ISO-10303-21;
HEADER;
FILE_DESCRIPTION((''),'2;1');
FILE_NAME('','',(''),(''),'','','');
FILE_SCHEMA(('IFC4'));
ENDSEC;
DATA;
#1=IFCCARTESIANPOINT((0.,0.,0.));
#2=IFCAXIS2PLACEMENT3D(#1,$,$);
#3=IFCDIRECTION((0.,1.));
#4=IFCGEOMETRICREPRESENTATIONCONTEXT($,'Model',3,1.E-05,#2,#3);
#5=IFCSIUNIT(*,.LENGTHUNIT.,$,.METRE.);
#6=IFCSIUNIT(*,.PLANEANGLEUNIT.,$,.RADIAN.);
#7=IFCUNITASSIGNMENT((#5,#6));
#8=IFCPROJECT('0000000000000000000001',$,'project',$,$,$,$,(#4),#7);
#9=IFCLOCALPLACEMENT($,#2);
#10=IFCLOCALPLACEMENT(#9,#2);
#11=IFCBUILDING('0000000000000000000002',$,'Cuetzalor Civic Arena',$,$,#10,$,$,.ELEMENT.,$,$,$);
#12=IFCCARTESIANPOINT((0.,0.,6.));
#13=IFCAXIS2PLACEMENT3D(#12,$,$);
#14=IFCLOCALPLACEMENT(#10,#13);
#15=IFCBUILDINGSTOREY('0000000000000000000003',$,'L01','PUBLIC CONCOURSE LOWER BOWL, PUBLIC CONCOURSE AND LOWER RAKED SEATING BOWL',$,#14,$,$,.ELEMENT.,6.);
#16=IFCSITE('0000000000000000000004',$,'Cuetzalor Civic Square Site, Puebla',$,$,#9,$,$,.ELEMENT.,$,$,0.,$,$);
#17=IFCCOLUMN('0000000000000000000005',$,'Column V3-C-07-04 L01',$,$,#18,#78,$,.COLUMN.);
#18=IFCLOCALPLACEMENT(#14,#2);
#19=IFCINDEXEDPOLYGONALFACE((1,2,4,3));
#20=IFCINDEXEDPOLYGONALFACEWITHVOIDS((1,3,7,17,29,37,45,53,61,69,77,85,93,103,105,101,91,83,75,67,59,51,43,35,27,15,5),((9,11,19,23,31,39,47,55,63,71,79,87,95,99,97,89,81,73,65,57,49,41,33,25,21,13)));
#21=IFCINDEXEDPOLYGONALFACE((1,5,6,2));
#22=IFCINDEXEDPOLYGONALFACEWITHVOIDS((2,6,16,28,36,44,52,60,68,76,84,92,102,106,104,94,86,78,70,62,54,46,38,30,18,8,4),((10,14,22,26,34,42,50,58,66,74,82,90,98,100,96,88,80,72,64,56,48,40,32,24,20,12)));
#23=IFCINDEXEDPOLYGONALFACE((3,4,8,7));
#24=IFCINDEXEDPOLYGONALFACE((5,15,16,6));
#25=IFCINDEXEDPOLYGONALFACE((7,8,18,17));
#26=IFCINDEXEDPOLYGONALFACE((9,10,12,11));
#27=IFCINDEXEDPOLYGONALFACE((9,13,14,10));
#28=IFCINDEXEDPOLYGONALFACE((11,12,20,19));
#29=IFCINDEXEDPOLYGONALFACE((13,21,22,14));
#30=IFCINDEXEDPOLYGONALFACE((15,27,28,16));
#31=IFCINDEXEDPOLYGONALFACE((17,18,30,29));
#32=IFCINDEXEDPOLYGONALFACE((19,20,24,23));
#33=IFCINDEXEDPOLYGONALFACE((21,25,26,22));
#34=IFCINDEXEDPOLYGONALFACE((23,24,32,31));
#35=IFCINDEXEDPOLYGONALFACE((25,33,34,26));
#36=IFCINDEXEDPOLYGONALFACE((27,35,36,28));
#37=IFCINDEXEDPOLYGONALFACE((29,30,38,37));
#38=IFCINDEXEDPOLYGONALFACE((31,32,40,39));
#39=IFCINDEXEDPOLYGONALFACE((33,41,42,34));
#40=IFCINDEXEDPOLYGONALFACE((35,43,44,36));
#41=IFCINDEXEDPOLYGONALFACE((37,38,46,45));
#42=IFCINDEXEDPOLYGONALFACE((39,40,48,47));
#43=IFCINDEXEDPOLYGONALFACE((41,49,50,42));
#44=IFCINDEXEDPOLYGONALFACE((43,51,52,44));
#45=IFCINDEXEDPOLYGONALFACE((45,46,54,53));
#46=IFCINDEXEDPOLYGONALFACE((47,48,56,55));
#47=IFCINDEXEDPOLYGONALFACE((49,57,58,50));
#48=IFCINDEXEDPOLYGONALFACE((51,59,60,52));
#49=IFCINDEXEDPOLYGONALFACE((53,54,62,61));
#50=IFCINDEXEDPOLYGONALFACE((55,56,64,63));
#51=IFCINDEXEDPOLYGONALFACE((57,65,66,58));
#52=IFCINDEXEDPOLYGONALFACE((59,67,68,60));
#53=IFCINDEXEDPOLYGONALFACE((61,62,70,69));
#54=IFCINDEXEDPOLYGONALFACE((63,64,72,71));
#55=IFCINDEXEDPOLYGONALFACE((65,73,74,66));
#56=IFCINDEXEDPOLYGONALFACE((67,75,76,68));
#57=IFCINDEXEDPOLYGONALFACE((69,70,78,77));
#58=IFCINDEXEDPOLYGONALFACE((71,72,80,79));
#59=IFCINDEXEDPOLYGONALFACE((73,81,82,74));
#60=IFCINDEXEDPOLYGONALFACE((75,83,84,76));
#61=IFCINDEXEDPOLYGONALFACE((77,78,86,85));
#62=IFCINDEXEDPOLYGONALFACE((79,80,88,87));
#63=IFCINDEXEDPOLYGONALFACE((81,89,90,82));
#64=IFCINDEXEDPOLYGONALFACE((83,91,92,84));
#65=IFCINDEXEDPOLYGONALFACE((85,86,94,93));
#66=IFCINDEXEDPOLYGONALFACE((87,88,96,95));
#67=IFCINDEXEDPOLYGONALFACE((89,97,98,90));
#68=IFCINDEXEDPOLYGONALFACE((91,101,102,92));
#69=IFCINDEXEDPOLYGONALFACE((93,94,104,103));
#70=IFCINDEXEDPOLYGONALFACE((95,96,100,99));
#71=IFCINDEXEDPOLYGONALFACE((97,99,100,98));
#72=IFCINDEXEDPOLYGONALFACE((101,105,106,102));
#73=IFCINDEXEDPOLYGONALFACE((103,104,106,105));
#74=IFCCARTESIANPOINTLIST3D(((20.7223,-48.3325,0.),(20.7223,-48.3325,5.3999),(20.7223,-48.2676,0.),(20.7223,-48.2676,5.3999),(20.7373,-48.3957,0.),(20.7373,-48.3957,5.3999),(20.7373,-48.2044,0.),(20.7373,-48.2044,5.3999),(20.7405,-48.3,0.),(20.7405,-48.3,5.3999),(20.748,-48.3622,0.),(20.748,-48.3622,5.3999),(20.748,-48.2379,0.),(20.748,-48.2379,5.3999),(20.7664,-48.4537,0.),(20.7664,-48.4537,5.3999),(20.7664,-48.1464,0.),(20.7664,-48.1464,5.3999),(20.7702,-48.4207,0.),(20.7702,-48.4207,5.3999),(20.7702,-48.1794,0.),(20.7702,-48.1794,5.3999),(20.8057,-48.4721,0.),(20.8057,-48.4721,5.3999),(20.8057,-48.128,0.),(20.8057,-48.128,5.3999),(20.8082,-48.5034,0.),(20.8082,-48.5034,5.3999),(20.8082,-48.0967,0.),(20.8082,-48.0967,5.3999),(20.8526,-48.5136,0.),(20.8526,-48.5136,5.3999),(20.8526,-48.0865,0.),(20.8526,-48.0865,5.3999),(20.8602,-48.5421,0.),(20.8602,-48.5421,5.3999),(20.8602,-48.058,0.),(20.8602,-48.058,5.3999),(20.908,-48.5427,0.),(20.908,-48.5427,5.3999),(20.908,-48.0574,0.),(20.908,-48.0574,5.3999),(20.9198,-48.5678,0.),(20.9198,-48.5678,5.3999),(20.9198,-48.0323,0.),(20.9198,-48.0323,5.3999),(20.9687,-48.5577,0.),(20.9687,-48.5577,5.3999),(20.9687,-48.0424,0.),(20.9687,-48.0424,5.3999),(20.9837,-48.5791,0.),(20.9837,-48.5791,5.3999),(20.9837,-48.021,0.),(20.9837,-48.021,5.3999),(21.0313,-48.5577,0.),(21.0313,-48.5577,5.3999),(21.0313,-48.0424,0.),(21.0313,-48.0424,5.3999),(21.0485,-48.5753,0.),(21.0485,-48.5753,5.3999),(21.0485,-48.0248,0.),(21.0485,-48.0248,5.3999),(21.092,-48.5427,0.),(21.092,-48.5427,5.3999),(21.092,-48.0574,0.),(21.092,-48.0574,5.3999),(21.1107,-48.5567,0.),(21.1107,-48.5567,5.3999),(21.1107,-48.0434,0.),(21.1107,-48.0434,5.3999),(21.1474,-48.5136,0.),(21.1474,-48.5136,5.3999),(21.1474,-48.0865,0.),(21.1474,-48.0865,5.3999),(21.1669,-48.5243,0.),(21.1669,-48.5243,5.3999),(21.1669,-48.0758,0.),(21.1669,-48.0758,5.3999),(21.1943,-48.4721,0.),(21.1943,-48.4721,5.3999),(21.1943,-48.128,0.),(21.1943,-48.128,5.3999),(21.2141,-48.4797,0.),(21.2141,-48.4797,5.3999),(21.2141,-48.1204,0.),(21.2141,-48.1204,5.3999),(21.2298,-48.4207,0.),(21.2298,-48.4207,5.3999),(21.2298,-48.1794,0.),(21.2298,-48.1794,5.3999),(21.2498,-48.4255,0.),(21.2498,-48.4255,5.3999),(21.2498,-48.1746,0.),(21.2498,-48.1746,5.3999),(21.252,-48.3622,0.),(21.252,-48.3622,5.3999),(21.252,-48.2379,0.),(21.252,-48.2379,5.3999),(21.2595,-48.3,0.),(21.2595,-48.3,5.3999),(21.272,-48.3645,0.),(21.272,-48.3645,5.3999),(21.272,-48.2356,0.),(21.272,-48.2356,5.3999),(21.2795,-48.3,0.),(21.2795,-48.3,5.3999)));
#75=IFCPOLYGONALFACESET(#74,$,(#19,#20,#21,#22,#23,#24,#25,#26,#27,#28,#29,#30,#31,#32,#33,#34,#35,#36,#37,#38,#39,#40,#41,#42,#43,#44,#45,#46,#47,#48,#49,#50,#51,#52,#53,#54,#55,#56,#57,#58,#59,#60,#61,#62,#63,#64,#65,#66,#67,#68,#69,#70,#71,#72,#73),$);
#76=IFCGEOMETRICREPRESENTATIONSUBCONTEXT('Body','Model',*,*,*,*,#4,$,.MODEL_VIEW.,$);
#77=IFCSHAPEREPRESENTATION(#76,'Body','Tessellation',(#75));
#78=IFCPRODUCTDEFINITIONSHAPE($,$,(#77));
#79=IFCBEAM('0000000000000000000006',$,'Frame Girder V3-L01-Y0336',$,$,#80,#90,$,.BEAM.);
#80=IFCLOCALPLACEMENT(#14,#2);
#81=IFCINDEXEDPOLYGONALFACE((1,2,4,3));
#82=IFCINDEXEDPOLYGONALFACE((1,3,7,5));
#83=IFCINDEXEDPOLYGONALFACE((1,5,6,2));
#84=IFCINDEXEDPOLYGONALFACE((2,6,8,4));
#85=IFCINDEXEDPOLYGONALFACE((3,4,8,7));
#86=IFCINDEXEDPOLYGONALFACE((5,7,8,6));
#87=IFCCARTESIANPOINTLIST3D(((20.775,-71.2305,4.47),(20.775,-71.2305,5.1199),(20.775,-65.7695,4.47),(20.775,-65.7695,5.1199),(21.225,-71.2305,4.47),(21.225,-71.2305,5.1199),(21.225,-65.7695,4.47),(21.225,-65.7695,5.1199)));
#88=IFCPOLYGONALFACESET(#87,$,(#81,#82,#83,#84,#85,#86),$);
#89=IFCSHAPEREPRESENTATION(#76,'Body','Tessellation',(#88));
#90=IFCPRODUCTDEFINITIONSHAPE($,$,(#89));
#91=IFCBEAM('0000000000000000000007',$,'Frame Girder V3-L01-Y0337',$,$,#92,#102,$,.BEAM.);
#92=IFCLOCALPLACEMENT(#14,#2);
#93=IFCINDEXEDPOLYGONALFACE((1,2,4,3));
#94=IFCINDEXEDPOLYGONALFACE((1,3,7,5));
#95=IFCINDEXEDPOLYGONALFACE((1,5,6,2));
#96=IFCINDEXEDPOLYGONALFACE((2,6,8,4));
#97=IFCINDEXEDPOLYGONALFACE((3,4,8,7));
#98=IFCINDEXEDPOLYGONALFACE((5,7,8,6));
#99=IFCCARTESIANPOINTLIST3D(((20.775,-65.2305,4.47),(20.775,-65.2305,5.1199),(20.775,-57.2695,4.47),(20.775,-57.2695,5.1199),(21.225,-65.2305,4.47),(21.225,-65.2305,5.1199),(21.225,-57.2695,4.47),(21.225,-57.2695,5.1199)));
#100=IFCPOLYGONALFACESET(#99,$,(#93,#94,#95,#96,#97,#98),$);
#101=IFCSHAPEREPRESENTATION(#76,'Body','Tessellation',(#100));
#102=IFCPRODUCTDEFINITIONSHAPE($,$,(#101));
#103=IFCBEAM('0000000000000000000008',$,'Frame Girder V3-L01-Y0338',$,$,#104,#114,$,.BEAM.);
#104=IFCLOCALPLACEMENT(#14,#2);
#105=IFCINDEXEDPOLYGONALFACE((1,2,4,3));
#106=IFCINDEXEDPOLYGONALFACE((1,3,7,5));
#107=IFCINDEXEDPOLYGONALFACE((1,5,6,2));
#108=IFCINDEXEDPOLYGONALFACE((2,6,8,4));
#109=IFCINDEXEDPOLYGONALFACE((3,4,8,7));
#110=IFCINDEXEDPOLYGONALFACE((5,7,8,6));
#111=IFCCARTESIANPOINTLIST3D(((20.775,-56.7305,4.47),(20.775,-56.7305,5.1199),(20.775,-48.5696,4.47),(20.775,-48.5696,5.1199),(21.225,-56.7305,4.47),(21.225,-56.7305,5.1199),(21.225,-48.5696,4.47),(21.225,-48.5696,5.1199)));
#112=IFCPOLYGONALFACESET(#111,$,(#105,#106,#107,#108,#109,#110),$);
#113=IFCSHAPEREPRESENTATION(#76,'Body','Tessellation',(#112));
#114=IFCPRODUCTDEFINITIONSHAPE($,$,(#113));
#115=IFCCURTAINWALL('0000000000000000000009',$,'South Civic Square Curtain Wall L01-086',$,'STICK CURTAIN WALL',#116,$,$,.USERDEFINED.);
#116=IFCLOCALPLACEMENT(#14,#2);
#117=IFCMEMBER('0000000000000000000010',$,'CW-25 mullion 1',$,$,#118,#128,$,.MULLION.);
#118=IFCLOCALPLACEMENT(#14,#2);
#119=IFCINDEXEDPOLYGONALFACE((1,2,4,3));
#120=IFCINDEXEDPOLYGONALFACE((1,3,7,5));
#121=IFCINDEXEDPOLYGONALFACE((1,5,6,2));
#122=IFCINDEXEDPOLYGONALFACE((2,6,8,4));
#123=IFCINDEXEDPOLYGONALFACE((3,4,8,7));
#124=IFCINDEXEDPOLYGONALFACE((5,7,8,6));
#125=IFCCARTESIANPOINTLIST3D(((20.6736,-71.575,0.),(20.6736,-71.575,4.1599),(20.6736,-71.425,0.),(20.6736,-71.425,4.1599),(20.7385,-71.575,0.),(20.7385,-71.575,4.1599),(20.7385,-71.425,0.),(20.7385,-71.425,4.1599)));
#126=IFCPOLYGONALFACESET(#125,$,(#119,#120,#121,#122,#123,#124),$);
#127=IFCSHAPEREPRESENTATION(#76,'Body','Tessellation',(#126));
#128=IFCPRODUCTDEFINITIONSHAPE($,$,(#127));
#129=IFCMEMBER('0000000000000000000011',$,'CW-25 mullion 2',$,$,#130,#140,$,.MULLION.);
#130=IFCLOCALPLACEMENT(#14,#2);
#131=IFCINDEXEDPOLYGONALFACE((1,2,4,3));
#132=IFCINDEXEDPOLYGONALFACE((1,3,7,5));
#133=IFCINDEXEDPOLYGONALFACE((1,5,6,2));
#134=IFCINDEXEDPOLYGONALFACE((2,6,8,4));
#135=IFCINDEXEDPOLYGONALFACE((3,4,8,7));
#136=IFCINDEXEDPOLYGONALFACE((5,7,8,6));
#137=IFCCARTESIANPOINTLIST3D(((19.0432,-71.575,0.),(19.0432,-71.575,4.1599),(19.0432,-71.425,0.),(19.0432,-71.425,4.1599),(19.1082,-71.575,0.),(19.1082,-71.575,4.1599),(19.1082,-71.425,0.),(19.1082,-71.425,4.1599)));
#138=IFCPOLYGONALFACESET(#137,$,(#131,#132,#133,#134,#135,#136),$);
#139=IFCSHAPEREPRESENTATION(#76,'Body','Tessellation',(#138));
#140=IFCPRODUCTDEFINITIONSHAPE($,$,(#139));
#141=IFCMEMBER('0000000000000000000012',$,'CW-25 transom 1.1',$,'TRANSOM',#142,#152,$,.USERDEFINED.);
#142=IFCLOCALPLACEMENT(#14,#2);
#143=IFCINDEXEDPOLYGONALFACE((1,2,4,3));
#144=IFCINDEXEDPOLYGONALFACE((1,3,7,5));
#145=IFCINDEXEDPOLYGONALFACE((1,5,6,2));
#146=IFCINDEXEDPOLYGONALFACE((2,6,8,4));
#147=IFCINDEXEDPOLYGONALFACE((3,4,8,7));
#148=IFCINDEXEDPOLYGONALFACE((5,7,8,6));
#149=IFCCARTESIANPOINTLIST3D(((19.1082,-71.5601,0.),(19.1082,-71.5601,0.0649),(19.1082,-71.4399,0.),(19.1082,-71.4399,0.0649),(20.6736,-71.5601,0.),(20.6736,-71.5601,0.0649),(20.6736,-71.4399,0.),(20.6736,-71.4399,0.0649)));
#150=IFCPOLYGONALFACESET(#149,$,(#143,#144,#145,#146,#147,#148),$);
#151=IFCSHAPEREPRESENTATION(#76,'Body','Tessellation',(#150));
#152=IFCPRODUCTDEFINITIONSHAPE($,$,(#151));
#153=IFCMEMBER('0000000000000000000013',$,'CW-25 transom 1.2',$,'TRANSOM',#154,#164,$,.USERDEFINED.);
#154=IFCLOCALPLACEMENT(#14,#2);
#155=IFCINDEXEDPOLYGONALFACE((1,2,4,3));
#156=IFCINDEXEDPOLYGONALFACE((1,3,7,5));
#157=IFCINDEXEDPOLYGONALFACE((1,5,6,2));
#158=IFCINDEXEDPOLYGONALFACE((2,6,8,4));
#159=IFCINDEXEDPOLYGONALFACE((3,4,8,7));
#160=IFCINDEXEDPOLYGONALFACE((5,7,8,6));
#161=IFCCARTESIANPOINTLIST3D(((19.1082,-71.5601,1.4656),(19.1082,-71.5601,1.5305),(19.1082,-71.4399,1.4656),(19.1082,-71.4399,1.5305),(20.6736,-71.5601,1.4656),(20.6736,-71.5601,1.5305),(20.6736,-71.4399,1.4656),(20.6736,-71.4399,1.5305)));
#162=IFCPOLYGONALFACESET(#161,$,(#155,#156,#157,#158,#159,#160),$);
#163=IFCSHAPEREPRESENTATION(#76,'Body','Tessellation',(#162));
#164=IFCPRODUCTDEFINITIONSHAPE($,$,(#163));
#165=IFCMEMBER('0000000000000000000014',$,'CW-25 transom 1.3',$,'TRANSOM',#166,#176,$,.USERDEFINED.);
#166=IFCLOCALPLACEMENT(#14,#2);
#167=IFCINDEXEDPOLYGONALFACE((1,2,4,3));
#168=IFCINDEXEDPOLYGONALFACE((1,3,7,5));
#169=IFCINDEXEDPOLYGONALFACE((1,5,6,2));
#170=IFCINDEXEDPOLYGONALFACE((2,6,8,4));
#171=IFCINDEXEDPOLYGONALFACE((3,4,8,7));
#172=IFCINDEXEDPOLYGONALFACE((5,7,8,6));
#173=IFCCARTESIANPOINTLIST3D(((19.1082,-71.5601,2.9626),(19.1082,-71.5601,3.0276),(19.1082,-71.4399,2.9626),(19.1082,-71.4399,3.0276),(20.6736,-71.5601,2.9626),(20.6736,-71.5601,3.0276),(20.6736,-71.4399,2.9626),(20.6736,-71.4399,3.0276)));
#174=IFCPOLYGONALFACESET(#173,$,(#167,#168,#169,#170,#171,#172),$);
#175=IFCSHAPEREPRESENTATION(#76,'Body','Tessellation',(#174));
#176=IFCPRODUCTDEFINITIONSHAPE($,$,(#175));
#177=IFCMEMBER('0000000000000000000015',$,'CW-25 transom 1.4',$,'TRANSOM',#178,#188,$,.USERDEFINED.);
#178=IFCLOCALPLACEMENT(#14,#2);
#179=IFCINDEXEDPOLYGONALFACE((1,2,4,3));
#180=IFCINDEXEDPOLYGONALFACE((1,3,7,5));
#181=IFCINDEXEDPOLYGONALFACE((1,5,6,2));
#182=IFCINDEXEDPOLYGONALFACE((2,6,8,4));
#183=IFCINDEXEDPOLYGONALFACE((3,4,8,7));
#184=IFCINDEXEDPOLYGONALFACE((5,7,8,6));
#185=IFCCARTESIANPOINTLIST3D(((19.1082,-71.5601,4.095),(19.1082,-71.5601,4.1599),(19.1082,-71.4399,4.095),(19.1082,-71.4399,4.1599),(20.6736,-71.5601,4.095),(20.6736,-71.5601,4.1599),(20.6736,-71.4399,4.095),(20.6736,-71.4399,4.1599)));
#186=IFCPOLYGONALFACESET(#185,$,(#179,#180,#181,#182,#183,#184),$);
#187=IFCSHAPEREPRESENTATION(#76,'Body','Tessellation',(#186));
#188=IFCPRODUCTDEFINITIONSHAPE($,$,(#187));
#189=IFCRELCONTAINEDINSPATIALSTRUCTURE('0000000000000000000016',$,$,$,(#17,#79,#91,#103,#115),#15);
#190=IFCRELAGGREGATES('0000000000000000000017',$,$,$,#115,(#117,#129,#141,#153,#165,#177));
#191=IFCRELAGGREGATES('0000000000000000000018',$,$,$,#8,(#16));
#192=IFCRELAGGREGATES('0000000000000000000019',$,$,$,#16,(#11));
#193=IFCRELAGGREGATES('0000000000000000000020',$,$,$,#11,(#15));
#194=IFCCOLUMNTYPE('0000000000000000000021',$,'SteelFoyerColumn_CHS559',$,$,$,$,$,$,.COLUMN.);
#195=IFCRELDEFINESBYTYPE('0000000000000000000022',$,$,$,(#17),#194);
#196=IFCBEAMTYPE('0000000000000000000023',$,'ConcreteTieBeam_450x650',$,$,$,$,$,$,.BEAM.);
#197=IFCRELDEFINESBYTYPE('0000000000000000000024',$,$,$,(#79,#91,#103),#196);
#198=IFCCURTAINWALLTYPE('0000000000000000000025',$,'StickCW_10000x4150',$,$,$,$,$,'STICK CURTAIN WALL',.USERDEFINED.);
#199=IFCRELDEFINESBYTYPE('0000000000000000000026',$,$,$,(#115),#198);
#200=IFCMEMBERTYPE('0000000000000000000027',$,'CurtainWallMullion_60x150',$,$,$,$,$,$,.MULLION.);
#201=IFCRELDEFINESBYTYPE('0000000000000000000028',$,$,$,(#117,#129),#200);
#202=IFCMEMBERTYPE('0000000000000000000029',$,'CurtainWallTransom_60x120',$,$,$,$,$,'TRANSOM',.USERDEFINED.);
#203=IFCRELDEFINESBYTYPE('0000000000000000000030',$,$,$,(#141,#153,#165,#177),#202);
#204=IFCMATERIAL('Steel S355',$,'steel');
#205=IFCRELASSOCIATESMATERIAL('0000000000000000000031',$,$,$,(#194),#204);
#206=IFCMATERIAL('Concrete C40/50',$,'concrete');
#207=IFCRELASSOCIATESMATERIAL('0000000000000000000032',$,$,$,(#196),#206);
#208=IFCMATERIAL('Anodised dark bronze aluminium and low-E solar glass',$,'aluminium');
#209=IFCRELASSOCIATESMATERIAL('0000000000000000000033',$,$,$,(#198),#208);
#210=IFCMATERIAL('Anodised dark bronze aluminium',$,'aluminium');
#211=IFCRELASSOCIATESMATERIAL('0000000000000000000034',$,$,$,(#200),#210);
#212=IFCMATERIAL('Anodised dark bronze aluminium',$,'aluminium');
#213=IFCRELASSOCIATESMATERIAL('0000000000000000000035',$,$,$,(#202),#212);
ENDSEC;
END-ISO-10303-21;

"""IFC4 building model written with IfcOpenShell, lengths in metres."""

from ifc_helpers import new_model, si_unit, direction, frame, origin, origin_2d, place, context, subcontext, project, spatial, rectangle, hollow_circle, extrude, material, material_profile, profile_set, type_object, element, aggregate, save


model = new_model("IFC4")

# Units and contexts
model_context = context("Model", 3, precision=1e-05, world=origin(), true_north=direction((0.0, 1.0)))
body_context = subcontext(model_context, "Body", "Model", "MODEL_VIEW")
ifc_project = project(units=[si_unit("LENGTHUNIT", "METRE"), si_unit("PLANEANGLEUNIT", "RADIAN")], contexts=[model_context])

# Site, building, storey
site_placement = place(None, origin())
site = spatial("IfcSite", under=ifc_project, at=site_placement, Name="Cuetzalor Civic Square Site, Puebla", CompositionType="ELEMENT", RefElevation=0.0)
building_placement = place(site_placement, origin())
building = spatial("IfcBuilding", under=site, at=building_placement, Name="Cuetzalor Civic Arena", CompositionType="ELEMENT")
storey_placement = place(building_placement, frame((0.0, 0.0, 6.0)))
storey = spatial("IfcBuildingStorey", under=building, at=storey_placement, Name="L01", Description="PUBLIC CONCOURSE LOWER BOWL, PUBLIC CONCOURSE AND LOWER RAKED SEATING BOWL", CompositionType="ELEMENT", Elevation=6.0)

# Column
ifc_material_1 = material(Name="Steel S355", Category="steel")
ifc_material_profile_1 = material_profile(ifc_material_1, hollow_circle(Radius=0.2795, WallThickness=0.02, at=origin_2d()), Name="CHS 559x20")
ifc_profile_set_1 = profile_set([ifc_material_profile_1], Name="Steel S355")
column_type = type_object("IfcColumnType", Name="SteelFoyerColumn_CHS559", PredefinedType="COLUMN", material=ifc_profile_set_1)
for number, where, z_axis, x_axis, name in (
    (1, (21.0, -48.3, 0.0), (0.0, 0.0, 1.0), (1.0, 0.0, 0.0), "Column V3-C-07-04 L01"),
):
    element("IfcColumn", number, at=place(storey_placement, frame(where, z_axis=z_axis, x_axis=x_axis)), inside=storey, type_object=column_type, Name=name, PredefinedType="COLUMN", context=body_context, shape_type="SweptSolid", body=[
        extrude(hollow_circle(Radius=0.2795, WallThickness=0.02, at=origin_2d()), origin(), (0.0, 0.0, 1.0), 5.3999),
    ])

# Beams
ifc_material_2 = material(Name="Concrete C40/50", Category="concrete")
ifc_material_profile_2 = material_profile(ifc_material_2, rectangle(XDim=0.45, YDim=0.6499, at=origin_2d()), Name="RC 450x650")
ifc_profile_set_2 = profile_set([ifc_material_profile_2], Name="Concrete C40/50")
beam_type = type_object("IfcBeamType", Name="ConcreteTieBeam_450x650", PredefinedType="BEAM", material=ifc_profile_set_2)
beam_1_placement = place(storey_placement, frame((21.0, -71.2305, 4.7949), z_axis=(0.0, 1.0, 0.0), x_axis=(-1.0, 0.0, 0.0)))
element("IfcBeam", 2, at=beam_1_placement, inside=storey, type_object=beam_type, Name="Frame Girder V3-L01-Y0336", PredefinedType="BEAM", context=body_context, shape_type="SweptSolid", body=[
    extrude(rectangle(XDim=0.45, YDim=0.6499, at=origin_2d()), origin(), (0.0, 0.0, 1.0), 5.4609),
])
beam_2_placement = place(storey_placement, frame((21.0, -65.2305, 4.7949), z_axis=(0.0, 1.0, 0.0), x_axis=(-1.0, 0.0, 0.0)))
element("IfcBeam", 3, at=beam_2_placement, inside=storey, type_object=beam_type, Name="Frame Girder V3-L01-Y0337", PredefinedType="BEAM", context=body_context, shape_type="SweptSolid", body=[
    extrude(rectangle(XDim=0.45, YDim=0.6499, at=origin_2d()), origin(), (0.0, 0.0, 1.0), 7.9609),
])
beam_3_placement = place(storey_placement, frame((21.0, -56.7305, 4.7949), z_axis=(0.0, 1.0, 0.0), x_axis=(-1.0, 0.0, 0.0)))
element("IfcBeam", 4, at=beam_3_placement, inside=storey, type_object=beam_type, Name="Frame Girder V3-L01-Y0338", PredefinedType="BEAM", context=body_context, shape_type="SweptSolid", body=[
    extrude(rectangle(XDim=0.45, YDim=0.6499, at=origin_2d()), origin(), (0.0, 0.0, 1.0), 8.1609),
])

# Curtain wall, members
ifc_material_3 = material(Name="Anodised dark bronze aluminium and low-E solar glass", Category="aluminium")
curtain_wall_type = type_object("IfcCurtainWallType", Name="StickCW_10000x4150", ElementType="STICK CURTAIN WALL", PredefinedType="USERDEFINED", material=ifc_material_3)
curtain_wall_placement = place(storey_placement, origin())
curtain_wall = element("IfcCurtainWall", 5, at=curtain_wall_placement, inside=storey, type_object=curtain_wall_type, Name="South Civic Square Curtain Wall L01-086", ObjectType="STICK CURTAIN WALL", PredefinedType="USERDEFINED")
ifc_material_4 = material(Name="Anodised dark bronze aluminium", Category="aluminium")
ifc_material_profile_3 = material_profile(ifc_material_4, rectangle(XDim=0.0649, YDim=0.1499, at=origin_2d()), Name="ALU MULLION 65x150")
ifc_profile_set_3 = profile_set([ifc_material_profile_3], Name="Anodised dark bronze aluminium")
member_type_1 = type_object("IfcMemberType", Name="CurtainWallMullion_60x150", PredefinedType="MULLION", material=ifc_profile_set_3)
member_1_placement = place(storey_placement, frame((20.7061, -71.5, 0.0), z_axis=(0.0, 0.0, 1.0), x_axis=(-1.0, 0.0, 0.0)))
member_1 = element("IfcMember", 6, at=member_1_placement, type_object=member_type_1, Name="CW-25 mullion 1", PredefinedType="MULLION", context=body_context, shape_type="SweptSolid", body=[
    extrude(rectangle(XDim=0.0649, YDim=0.1499, at=origin_2d()), origin(), (0.0, 0.0, 1.0), 4.1599),
])
member_2_placement = place(storey_placement, frame((19.0757, -71.5, 0.0), z_axis=(0.0, 0.0, 1.0), x_axis=(-1.0, 0.0, 0.0)))
member_2 = element("IfcMember", 7, at=member_2_placement, type_object=member_type_1, Name="CW-25 mullion 2", PredefinedType="MULLION", context=body_context, shape_type="SweptSolid", body=[
    extrude(rectangle(XDim=0.0649, YDim=0.1499, at=origin_2d()), origin(), (0.0, 0.0, 1.0), 4.1599),
])
ifc_material_5 = material(Name="Anodised dark bronze aluminium", Category="aluminium")
ifc_material_profile_4 = material_profile(ifc_material_5, rectangle(XDim=0.1201, YDim=0.0649, at=origin_2d()), Name="ALU TRANSOM 65x120")
ifc_profile_set_4 = profile_set([ifc_material_profile_4], Name="Anodised dark bronze aluminium")
member_type_2 = type_object("IfcMemberType", Name="CurtainWallTransom_60x120", ElementType="TRANSOM", PredefinedType="USERDEFINED", material=ifc_profile_set_4)
member_3_placement = place(storey_placement, frame((20.6736, -71.5, 0.0325), z_axis=(-1.0, 0.0, 0.0), x_axis=(0.0, -1.0, 0.0)))
member_3 = element("IfcMember", 8, at=member_3_placement, type_object=member_type_2, Name="CW-25 transom 1.1", ObjectType="TRANSOM", PredefinedType="USERDEFINED", context=body_context, shape_type="SweptSolid", body=[
    extrude(rectangle(XDim=0.1201, YDim=0.0649, at=origin_2d()), origin(), (0.0, 0.0, 1.0), 1.5654),
])
member_4_placement = place(storey_placement, frame((20.6736, -71.5, 1.498), z_axis=(-1.0, 0.0, 0.0), x_axis=(0.0, -1.0, 0.0)))
member_4 = element("IfcMember", 9, at=member_4_placement, type_object=member_type_2, Name="CW-25 transom 1.2", ObjectType="TRANSOM", PredefinedType="USERDEFINED", context=body_context, shape_type="SweptSolid", body=[
    extrude(rectangle(XDim=0.1201, YDim=0.0649, at=origin_2d()), origin(), (0.0, 0.0, 1.0), 1.5654),
])
member_5_placement = place(storey_placement, frame((20.6736, -71.5, 2.9951), z_axis=(-1.0, 0.0, 0.0), x_axis=(0.0, -1.0, 0.0)))
member_5 = element("IfcMember", 10, at=member_5_placement, type_object=member_type_2, Name="CW-25 transom 1.3", ObjectType="TRANSOM", PredefinedType="USERDEFINED", context=body_context, shape_type="SweptSolid", body=[
    extrude(rectangle(XDim=0.1201, YDim=0.0649, at=origin_2d()), origin(), (0.0, 0.0, 1.0), 1.5654),
])
member_6_placement = place(storey_placement, frame((20.6736, -71.5, 4.1274), z_axis=(-1.0, 0.0, 0.0), x_axis=(0.0, -1.0, 0.0)))
member_6 = element("IfcMember", 11, at=member_6_placement, type_object=member_type_2, Name="CW-25 transom 1.4", ObjectType="TRANSOM", PredefinedType="USERDEFINED", context=body_context, shape_type="SweptSolid", body=[
    extrude(rectangle(XDim=0.1201, YDim=0.0649, at=origin_2d()), origin(), (0.0, 0.0, 1.0), 1.5654),
])
aggregate(curtain_wall, [member_1, member_2, member_3, member_4, member_5, member_6])

save(model, "model.ifc")
